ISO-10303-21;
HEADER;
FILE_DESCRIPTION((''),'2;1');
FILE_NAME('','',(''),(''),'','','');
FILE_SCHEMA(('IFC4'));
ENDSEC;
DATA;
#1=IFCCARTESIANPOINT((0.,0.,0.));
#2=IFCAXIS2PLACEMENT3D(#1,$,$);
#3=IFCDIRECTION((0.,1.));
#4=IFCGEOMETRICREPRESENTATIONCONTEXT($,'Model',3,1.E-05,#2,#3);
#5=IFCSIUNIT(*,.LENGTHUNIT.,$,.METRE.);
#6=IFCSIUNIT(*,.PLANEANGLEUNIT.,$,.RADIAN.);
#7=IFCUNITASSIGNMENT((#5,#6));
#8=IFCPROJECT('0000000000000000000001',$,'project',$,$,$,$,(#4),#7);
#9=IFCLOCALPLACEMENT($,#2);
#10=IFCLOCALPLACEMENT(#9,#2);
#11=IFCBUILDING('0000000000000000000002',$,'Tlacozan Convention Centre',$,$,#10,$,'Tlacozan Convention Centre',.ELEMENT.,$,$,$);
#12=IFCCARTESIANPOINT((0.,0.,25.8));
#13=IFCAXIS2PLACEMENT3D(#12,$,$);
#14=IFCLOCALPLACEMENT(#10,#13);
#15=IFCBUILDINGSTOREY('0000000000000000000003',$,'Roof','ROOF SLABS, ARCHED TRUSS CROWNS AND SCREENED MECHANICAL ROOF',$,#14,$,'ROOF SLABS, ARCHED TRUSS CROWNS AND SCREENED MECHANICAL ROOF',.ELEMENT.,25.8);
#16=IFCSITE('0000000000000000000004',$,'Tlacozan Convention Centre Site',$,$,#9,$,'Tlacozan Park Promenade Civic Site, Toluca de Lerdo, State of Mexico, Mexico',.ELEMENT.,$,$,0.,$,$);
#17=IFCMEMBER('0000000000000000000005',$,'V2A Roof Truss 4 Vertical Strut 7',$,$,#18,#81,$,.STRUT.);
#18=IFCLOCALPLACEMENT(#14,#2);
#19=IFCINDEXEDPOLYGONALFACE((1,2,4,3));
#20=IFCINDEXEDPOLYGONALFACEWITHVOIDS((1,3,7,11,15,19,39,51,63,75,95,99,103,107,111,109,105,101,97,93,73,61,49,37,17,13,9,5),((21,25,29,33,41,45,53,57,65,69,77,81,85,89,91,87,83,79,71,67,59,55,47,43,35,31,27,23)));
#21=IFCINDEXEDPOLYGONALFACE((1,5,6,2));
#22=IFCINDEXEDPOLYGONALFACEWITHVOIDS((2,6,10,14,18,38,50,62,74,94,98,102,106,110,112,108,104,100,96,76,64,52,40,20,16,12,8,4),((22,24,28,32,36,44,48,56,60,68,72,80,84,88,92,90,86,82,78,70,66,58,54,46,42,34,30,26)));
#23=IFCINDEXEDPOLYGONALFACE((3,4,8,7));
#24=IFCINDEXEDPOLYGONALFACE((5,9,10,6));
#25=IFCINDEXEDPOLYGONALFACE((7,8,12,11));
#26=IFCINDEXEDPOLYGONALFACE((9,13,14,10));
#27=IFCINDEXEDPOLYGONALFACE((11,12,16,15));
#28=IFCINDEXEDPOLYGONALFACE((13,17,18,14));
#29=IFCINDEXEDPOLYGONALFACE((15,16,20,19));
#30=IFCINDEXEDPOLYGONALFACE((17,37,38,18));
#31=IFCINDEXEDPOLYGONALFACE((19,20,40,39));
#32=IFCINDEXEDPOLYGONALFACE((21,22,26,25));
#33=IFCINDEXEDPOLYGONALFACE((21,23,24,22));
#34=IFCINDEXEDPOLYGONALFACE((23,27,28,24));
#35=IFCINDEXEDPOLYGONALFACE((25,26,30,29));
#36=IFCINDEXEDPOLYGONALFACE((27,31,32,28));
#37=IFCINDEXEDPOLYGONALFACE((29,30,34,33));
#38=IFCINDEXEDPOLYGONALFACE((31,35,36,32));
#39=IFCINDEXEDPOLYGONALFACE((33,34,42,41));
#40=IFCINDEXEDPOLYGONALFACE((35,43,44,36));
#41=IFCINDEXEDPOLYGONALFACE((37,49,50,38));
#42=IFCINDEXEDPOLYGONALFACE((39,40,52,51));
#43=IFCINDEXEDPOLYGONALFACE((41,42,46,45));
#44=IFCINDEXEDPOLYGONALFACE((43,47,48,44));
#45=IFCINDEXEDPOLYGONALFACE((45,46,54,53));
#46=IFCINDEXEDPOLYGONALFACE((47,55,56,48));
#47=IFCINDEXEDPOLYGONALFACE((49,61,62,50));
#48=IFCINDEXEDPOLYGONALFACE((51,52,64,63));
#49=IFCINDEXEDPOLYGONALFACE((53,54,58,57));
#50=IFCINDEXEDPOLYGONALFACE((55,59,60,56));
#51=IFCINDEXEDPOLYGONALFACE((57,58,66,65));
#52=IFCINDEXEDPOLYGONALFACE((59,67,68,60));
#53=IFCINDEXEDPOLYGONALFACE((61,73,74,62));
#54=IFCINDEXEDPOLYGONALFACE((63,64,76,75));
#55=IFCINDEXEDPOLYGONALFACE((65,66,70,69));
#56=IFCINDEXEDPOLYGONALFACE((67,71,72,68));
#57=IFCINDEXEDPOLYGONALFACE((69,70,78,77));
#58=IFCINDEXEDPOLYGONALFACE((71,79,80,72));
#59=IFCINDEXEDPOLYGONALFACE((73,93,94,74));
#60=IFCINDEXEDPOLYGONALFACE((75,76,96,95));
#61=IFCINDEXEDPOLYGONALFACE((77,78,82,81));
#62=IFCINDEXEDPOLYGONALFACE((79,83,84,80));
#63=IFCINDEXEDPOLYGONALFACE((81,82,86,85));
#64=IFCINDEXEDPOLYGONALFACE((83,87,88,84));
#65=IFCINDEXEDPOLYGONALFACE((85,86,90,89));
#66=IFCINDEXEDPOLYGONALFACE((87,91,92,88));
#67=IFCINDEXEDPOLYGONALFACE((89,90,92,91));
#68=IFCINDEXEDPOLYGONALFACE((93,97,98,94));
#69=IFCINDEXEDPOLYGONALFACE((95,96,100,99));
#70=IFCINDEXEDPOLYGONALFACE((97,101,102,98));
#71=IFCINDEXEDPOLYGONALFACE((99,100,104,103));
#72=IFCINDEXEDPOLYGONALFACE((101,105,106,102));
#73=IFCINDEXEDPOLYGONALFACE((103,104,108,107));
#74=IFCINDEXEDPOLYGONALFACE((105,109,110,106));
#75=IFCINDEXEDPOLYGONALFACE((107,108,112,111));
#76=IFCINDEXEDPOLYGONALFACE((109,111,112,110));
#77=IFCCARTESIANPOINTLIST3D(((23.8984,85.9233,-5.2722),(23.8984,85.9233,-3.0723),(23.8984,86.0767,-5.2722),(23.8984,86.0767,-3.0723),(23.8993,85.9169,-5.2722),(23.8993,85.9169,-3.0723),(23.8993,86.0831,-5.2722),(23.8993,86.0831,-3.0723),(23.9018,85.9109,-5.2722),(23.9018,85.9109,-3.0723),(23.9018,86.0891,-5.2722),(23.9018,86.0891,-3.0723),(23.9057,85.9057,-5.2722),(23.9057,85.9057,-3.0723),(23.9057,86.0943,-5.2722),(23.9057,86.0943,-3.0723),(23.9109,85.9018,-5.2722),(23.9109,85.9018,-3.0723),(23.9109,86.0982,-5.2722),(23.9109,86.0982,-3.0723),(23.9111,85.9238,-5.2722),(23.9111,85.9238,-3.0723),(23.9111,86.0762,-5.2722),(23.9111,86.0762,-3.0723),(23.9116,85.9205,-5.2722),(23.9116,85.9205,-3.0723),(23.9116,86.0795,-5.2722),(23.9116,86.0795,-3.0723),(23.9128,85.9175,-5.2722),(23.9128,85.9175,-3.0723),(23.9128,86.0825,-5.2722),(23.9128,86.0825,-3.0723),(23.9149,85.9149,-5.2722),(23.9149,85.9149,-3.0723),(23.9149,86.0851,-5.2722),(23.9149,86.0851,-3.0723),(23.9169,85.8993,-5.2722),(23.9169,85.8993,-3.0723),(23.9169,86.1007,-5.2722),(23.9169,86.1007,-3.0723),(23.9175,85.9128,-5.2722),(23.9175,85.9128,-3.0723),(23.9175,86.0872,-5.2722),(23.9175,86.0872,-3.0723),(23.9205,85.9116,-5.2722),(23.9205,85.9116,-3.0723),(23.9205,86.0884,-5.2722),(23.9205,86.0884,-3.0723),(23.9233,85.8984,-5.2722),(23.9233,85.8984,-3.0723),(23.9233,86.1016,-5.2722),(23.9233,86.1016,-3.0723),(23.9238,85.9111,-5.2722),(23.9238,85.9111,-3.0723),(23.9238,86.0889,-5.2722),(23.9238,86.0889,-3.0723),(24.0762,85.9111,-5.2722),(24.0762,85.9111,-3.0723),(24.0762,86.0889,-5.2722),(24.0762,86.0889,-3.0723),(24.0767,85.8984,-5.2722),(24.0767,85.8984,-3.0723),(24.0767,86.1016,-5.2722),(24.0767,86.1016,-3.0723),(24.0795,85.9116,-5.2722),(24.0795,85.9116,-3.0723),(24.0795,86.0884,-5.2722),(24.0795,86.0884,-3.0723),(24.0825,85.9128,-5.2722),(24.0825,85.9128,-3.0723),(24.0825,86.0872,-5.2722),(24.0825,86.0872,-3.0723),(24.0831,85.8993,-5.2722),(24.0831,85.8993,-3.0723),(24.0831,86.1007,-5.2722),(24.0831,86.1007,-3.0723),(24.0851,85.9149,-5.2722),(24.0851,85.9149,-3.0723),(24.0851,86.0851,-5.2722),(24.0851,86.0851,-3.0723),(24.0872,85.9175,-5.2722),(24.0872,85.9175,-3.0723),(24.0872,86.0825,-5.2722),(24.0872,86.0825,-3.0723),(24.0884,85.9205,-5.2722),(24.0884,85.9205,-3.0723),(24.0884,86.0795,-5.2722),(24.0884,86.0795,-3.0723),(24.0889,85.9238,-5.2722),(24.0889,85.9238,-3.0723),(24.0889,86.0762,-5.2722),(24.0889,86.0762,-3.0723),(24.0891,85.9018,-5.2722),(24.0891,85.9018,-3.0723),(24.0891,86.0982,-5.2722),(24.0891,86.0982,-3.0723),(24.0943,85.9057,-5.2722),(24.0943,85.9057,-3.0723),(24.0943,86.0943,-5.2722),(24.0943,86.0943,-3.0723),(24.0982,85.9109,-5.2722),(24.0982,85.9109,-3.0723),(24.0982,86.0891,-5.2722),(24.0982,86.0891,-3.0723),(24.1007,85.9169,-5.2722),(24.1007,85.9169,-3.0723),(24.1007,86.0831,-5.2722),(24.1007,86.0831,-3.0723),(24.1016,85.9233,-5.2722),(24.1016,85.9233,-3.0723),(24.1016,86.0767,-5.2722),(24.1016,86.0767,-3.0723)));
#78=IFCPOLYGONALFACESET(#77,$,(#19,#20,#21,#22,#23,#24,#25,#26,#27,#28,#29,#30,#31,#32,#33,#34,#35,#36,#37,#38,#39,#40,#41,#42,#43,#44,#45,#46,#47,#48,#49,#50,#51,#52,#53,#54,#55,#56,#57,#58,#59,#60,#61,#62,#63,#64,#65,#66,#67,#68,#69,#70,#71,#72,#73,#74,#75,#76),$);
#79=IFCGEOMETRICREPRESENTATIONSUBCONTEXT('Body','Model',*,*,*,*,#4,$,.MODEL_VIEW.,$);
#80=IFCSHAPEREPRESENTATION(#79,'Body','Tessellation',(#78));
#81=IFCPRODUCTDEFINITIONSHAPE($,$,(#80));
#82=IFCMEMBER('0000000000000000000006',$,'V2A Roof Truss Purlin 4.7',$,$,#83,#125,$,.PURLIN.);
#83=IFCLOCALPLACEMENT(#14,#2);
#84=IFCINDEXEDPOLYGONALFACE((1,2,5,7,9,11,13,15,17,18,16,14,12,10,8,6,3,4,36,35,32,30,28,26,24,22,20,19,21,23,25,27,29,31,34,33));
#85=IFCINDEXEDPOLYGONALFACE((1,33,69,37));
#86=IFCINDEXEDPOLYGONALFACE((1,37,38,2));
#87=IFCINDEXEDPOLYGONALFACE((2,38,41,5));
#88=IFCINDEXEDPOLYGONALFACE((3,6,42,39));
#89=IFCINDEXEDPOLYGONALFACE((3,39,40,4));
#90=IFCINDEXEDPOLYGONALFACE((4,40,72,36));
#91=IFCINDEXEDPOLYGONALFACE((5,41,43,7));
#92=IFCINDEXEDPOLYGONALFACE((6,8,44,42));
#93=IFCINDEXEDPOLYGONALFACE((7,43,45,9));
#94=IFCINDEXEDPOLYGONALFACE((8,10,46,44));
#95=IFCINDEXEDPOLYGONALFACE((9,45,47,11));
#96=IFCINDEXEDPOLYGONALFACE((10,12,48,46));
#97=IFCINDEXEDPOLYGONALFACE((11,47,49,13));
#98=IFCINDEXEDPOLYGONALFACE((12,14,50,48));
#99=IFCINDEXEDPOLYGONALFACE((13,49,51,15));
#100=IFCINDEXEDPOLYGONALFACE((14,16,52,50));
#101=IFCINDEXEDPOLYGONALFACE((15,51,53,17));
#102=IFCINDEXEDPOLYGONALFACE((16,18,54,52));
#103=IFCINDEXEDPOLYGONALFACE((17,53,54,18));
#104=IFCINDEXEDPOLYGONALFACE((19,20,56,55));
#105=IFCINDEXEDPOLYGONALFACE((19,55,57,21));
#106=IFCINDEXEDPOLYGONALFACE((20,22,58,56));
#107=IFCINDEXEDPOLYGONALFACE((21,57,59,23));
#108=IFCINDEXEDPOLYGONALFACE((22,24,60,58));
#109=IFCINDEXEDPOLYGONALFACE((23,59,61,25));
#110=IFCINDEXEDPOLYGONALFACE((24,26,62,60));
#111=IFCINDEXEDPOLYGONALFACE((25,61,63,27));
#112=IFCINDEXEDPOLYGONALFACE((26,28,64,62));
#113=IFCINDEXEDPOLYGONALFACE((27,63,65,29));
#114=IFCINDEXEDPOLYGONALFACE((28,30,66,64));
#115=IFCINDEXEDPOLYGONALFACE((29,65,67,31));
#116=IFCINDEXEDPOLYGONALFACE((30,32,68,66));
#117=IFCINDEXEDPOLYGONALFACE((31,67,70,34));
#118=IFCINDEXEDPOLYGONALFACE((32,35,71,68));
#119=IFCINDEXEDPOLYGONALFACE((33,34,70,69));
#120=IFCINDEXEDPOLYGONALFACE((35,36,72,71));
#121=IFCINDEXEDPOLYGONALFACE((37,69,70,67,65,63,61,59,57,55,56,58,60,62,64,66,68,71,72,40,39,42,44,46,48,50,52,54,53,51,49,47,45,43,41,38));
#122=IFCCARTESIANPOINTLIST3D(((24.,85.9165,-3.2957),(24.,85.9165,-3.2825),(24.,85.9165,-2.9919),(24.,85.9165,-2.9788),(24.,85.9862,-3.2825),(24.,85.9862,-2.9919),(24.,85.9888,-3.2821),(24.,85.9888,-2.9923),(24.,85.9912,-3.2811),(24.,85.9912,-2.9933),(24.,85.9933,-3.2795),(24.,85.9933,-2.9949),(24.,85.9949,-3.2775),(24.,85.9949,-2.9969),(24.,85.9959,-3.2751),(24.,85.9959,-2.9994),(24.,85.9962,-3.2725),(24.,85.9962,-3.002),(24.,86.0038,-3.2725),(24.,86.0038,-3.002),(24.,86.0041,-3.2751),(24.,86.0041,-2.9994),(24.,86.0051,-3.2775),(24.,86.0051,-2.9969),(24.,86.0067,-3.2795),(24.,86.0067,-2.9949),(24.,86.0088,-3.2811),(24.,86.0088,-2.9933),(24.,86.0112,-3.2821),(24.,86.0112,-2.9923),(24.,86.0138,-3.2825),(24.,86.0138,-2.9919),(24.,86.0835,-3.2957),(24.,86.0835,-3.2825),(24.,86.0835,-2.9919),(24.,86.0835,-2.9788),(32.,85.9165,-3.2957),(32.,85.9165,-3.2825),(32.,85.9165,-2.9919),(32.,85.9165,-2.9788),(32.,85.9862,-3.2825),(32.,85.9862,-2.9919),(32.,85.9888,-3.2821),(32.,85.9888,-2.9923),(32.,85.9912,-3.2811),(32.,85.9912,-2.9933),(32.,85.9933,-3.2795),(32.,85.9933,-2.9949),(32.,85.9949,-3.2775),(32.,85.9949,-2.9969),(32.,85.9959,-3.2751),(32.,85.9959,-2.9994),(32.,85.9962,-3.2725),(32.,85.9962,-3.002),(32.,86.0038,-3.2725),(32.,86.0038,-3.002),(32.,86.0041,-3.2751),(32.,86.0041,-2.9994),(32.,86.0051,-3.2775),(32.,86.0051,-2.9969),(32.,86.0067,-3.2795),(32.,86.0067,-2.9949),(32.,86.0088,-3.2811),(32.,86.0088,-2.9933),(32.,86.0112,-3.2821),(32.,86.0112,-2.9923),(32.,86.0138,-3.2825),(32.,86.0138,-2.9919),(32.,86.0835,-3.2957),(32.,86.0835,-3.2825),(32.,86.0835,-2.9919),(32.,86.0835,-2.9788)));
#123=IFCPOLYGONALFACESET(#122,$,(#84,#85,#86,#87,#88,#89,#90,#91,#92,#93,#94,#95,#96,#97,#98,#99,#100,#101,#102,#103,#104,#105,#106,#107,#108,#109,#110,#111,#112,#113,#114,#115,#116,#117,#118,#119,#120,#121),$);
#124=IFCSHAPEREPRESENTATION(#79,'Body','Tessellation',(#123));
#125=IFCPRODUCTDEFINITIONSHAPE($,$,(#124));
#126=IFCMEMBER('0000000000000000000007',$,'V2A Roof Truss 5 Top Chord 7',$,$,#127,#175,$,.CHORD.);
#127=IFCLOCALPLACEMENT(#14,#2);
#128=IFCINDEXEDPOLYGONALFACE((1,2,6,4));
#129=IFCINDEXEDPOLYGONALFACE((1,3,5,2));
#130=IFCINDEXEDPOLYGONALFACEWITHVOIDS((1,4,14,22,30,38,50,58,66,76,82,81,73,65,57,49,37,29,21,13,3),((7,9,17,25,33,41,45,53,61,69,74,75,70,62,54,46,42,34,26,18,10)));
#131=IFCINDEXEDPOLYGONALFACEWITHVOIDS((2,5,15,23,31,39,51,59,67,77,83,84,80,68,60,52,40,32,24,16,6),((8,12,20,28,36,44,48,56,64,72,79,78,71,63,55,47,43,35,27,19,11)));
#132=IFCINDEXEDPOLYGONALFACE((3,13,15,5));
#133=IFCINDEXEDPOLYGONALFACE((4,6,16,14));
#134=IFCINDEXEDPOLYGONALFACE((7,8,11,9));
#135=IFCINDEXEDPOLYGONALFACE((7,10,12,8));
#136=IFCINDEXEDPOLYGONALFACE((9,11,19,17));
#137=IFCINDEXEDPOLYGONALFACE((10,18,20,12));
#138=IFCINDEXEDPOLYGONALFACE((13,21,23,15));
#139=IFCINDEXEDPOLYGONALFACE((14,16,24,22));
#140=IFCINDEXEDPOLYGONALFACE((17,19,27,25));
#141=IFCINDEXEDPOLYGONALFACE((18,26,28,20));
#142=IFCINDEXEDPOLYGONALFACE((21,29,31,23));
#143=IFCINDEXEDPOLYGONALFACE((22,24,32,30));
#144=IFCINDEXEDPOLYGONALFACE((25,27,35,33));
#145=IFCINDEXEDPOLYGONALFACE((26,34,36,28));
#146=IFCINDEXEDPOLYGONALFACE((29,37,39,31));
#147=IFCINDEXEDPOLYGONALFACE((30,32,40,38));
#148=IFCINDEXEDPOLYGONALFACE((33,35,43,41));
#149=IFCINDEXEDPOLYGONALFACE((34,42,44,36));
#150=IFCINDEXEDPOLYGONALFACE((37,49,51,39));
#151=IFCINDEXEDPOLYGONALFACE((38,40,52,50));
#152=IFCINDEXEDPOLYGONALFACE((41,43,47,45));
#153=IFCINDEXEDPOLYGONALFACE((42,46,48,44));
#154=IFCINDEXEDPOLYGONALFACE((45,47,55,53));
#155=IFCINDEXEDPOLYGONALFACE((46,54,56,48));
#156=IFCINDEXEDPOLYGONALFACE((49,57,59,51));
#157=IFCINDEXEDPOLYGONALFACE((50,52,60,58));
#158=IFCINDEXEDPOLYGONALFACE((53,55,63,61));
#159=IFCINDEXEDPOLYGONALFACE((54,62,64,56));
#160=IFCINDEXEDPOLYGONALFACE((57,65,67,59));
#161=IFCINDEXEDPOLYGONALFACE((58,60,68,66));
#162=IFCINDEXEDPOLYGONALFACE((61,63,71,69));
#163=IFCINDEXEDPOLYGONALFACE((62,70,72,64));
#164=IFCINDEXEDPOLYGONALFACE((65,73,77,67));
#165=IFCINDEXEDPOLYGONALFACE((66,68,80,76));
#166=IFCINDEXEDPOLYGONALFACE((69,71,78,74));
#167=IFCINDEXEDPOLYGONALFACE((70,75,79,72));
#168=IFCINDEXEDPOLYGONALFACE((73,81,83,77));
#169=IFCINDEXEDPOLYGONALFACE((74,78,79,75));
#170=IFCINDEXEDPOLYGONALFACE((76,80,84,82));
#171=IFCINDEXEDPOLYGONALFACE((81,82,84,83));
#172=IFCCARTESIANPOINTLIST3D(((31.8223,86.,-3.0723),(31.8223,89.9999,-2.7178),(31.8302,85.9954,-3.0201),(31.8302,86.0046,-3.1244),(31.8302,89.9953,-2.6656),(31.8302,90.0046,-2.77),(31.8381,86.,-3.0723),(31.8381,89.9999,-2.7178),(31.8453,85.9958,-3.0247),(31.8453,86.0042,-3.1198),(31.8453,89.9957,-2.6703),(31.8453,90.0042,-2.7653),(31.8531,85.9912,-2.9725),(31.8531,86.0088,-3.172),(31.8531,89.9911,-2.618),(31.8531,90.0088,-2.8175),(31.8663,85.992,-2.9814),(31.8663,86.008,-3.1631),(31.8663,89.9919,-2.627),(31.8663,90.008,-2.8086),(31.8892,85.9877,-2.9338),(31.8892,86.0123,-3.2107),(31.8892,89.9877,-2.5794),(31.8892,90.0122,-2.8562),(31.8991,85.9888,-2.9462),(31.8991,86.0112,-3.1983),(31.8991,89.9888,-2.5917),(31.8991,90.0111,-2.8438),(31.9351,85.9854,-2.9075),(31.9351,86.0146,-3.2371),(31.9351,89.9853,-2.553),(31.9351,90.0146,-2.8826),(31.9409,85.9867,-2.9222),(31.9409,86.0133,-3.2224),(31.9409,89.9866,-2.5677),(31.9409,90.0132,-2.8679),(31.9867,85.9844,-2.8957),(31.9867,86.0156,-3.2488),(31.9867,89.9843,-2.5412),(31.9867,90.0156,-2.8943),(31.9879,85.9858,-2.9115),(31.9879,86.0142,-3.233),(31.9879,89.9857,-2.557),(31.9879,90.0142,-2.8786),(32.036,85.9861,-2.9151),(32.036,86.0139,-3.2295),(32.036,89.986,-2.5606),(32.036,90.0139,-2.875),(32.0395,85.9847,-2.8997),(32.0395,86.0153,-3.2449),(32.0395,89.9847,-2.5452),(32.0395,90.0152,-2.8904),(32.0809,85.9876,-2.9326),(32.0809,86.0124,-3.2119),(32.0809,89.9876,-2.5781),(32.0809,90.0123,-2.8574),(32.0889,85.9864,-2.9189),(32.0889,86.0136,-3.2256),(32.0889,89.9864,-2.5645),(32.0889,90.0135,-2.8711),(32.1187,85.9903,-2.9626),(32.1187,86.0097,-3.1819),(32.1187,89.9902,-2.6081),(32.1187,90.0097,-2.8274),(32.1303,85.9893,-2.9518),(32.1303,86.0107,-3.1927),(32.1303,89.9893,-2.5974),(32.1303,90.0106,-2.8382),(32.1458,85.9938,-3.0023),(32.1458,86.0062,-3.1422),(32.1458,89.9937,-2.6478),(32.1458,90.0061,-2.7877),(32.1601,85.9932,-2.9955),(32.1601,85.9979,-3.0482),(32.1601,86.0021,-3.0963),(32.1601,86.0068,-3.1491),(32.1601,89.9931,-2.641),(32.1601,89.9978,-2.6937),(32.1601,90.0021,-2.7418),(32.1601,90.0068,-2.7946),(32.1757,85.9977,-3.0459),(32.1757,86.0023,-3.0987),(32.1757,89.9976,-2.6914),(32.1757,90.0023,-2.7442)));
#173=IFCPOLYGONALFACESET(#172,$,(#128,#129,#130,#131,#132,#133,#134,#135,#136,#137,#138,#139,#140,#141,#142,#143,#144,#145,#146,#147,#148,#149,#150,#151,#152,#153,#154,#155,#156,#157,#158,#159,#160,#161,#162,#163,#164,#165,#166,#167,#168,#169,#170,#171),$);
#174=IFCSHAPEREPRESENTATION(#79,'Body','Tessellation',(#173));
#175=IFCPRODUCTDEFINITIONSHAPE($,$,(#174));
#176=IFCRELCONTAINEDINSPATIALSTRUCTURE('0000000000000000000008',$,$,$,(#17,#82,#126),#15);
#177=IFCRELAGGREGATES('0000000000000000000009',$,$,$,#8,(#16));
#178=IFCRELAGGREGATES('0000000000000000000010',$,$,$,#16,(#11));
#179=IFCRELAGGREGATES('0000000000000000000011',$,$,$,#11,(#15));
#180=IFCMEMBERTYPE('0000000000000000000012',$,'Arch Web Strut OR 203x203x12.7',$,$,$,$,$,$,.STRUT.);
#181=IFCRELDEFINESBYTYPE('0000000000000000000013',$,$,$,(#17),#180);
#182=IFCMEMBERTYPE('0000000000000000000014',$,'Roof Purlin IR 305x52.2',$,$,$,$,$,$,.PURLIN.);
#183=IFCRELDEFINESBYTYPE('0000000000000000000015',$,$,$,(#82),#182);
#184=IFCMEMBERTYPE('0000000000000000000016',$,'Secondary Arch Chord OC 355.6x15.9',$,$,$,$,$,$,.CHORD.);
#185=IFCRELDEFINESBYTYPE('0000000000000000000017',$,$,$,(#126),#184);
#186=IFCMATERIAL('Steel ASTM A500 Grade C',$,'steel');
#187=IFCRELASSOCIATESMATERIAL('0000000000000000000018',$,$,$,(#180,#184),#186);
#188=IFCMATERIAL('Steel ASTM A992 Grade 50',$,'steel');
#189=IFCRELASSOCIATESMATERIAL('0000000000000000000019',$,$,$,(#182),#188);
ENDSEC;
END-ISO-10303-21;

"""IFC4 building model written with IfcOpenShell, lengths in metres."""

from ifc_helpers import new_model, si_unit, direction, frame, origin, origin_2d, place, context, subcontext, project, spatial, hollow_rectangle, hollow_circle, i_section, extrude, material, material_profile, profile_set, type_object, element, save


model = new_model("IFC4")

# Units and contexts
model_context = context("Model", 3, precision=1e-05, world=origin(), true_north=direction((0.0, 1.0)))
body_context = subcontext(model_context, "Body", "Model", "MODEL_VIEW")
ifc_project = project(units=[si_unit("LENGTHUNIT", "METRE"), si_unit("PLANEANGLEUNIT", "RADIAN")], contexts=[model_context])

# Site, building, storey
site_placement = place(None, origin())
site = spatial("IfcSite", under=ifc_project, at=site_placement, Name="Tlacozan Convention Centre Site", LongName="Tlacozan Park Promenade Civic Site, Toluca de Lerdo, State of Mexico, Mexico", CompositionType="ELEMENT", RefElevation=0.0)
building_placement = place(site_placement, origin())
building = spatial("IfcBuilding", under=site, at=building_placement, Name="Tlacozan Convention Centre", LongName="Tlacozan Convention Centre", CompositionType="ELEMENT")
storey_placement = place(building_placement, frame((0.0, 0.0, 25.8)))
storey = spatial("IfcBuildingStorey", under=building, at=storey_placement, Name="Roof", Description="ROOF SLABS, ARCHED TRUSS CROWNS AND SCREENED MECHANICAL ROOF", LongName="ROOF SLABS, ARCHED TRUSS CROWNS AND SCREENED MECHANICAL ROOF", CompositionType="ELEMENT", Elevation=25.8)

# Members
ifc_material_1 = material(Name="Steel ASTM A500 Grade C", Category="steel")
ifc_material_profile_1 = material_profile(ifc_material_1, hollow_rectangle(XDim=0.2031, YDim=0.2031, WallThickness=0.0127, InnerFilletRadius=0.0127, OuterFilletRadius=0.0249, at=origin_2d()), Name="OR 203x203x12.7")
ifc_profile_set_1 = profile_set([ifc_material_profile_1], Name="Steel ASTM A500 Grade C")
member_type_1 = type_object("IfcMemberType", Name="Arch Web Strut OR 203x203x12.7", PredefinedType="STRUT", material=ifc_profile_set_1)
member_1_placement = place(storey_placement, frame((24.0, 86.0, -5.2722), z_axis=(0.0, 0.0, 1.0), x_axis=(1.0, 0.0, 0.0)))
element("IfcMember", 1, at=member_1_placement, inside=storey, type_object=member_type_1, Name="V2A Roof Truss 4 Vertical Strut 7", PredefinedType="STRUT", context=body_context, shape_type="SweptSolid", body=[
    extrude(hollow_rectangle(XDim=0.2031, YDim=0.2031, WallThickness=0.0127, InnerFilletRadius=0.0127, OuterFilletRadius=0.0249, at=origin_2d()), origin(), (0.0, 0.0, 1.0), 2.2),
])
ifc_material_2 = material(Name="Steel ASTM A992 Grade 50", Category="steel")
ifc_material_profile_2 = material_profile(ifc_material_2, i_section(OverallWidth=0.167, OverallDepth=0.3169, WebThickness=0.0076, FlangeThickness=0.0132, FilletRadius=0.01, at=origin_2d()), Name="IR 305x52.2")
ifc_profile_set_2 = profile_set([ifc_material_profile_2], Name="Steel ASTM A992 Grade 50")
member_type_2 = type_object("IfcMemberType", Name="Roof Purlin IR 305x52.2", PredefinedType="PURLIN", material=ifc_profile_set_2)
member_2_placement = place(storey_placement, frame((24.0, 86.0, -3.1372), z_axis=(1.0, 0.0, 0.0), x_axis=(0.0, 1.0, 0.0)))
element("IfcMember", 2, at=member_2_placement, inside=storey, type_object=member_type_2, Name="V2A Roof Truss Purlin 4.7", PredefinedType="PURLIN", context=body_context, shape_type="SweptSolid", body=[
    extrude(i_section(OverallWidth=0.167, OverallDepth=0.3169, WebThickness=0.0076, FlangeThickness=0.0132, FilletRadius=0.01, at=origin_2d()), origin(), (0.0, 0.0, 1.0), 8.0),
])
ifc_material_profile_3 = material_profile(ifc_material_1, hollow_circle(Radius=0.1777, WallThickness=0.0159, at=origin_2d()), Name="OC 355.6x15.9")
ifc_profile_set_3 = profile_set([ifc_material_profile_3], Name="Steel ASTM A500 Grade C")
member_type_3 = type_object("IfcMemberType", Name="Secondary Arch Chord OC 355.6x15.9", PredefinedType="CHORD", material=ifc_profile_set_3)
member_3_placement = place(storey_placement, frame((32.0, 86.0, -3.0723), z_axis=(0.0, 0.996096, 0.088277), x_axis=(-1.0, 0.0, 0.0)))
element("IfcMember", 3, at=member_3_placement, inside=storey, type_object=member_type_3, Name="V2A Roof Truss 5 Top Chord 7", PredefinedType="CHORD", context=body_context, shape_type="SweptSolid", body=[
    extrude(hollow_circle(Radius=0.1777, WallThickness=0.0159, at=origin_2d()), origin(), (0.0, 0.0, 1.0), 4.0156),
])

save(model, "model.ifc")
